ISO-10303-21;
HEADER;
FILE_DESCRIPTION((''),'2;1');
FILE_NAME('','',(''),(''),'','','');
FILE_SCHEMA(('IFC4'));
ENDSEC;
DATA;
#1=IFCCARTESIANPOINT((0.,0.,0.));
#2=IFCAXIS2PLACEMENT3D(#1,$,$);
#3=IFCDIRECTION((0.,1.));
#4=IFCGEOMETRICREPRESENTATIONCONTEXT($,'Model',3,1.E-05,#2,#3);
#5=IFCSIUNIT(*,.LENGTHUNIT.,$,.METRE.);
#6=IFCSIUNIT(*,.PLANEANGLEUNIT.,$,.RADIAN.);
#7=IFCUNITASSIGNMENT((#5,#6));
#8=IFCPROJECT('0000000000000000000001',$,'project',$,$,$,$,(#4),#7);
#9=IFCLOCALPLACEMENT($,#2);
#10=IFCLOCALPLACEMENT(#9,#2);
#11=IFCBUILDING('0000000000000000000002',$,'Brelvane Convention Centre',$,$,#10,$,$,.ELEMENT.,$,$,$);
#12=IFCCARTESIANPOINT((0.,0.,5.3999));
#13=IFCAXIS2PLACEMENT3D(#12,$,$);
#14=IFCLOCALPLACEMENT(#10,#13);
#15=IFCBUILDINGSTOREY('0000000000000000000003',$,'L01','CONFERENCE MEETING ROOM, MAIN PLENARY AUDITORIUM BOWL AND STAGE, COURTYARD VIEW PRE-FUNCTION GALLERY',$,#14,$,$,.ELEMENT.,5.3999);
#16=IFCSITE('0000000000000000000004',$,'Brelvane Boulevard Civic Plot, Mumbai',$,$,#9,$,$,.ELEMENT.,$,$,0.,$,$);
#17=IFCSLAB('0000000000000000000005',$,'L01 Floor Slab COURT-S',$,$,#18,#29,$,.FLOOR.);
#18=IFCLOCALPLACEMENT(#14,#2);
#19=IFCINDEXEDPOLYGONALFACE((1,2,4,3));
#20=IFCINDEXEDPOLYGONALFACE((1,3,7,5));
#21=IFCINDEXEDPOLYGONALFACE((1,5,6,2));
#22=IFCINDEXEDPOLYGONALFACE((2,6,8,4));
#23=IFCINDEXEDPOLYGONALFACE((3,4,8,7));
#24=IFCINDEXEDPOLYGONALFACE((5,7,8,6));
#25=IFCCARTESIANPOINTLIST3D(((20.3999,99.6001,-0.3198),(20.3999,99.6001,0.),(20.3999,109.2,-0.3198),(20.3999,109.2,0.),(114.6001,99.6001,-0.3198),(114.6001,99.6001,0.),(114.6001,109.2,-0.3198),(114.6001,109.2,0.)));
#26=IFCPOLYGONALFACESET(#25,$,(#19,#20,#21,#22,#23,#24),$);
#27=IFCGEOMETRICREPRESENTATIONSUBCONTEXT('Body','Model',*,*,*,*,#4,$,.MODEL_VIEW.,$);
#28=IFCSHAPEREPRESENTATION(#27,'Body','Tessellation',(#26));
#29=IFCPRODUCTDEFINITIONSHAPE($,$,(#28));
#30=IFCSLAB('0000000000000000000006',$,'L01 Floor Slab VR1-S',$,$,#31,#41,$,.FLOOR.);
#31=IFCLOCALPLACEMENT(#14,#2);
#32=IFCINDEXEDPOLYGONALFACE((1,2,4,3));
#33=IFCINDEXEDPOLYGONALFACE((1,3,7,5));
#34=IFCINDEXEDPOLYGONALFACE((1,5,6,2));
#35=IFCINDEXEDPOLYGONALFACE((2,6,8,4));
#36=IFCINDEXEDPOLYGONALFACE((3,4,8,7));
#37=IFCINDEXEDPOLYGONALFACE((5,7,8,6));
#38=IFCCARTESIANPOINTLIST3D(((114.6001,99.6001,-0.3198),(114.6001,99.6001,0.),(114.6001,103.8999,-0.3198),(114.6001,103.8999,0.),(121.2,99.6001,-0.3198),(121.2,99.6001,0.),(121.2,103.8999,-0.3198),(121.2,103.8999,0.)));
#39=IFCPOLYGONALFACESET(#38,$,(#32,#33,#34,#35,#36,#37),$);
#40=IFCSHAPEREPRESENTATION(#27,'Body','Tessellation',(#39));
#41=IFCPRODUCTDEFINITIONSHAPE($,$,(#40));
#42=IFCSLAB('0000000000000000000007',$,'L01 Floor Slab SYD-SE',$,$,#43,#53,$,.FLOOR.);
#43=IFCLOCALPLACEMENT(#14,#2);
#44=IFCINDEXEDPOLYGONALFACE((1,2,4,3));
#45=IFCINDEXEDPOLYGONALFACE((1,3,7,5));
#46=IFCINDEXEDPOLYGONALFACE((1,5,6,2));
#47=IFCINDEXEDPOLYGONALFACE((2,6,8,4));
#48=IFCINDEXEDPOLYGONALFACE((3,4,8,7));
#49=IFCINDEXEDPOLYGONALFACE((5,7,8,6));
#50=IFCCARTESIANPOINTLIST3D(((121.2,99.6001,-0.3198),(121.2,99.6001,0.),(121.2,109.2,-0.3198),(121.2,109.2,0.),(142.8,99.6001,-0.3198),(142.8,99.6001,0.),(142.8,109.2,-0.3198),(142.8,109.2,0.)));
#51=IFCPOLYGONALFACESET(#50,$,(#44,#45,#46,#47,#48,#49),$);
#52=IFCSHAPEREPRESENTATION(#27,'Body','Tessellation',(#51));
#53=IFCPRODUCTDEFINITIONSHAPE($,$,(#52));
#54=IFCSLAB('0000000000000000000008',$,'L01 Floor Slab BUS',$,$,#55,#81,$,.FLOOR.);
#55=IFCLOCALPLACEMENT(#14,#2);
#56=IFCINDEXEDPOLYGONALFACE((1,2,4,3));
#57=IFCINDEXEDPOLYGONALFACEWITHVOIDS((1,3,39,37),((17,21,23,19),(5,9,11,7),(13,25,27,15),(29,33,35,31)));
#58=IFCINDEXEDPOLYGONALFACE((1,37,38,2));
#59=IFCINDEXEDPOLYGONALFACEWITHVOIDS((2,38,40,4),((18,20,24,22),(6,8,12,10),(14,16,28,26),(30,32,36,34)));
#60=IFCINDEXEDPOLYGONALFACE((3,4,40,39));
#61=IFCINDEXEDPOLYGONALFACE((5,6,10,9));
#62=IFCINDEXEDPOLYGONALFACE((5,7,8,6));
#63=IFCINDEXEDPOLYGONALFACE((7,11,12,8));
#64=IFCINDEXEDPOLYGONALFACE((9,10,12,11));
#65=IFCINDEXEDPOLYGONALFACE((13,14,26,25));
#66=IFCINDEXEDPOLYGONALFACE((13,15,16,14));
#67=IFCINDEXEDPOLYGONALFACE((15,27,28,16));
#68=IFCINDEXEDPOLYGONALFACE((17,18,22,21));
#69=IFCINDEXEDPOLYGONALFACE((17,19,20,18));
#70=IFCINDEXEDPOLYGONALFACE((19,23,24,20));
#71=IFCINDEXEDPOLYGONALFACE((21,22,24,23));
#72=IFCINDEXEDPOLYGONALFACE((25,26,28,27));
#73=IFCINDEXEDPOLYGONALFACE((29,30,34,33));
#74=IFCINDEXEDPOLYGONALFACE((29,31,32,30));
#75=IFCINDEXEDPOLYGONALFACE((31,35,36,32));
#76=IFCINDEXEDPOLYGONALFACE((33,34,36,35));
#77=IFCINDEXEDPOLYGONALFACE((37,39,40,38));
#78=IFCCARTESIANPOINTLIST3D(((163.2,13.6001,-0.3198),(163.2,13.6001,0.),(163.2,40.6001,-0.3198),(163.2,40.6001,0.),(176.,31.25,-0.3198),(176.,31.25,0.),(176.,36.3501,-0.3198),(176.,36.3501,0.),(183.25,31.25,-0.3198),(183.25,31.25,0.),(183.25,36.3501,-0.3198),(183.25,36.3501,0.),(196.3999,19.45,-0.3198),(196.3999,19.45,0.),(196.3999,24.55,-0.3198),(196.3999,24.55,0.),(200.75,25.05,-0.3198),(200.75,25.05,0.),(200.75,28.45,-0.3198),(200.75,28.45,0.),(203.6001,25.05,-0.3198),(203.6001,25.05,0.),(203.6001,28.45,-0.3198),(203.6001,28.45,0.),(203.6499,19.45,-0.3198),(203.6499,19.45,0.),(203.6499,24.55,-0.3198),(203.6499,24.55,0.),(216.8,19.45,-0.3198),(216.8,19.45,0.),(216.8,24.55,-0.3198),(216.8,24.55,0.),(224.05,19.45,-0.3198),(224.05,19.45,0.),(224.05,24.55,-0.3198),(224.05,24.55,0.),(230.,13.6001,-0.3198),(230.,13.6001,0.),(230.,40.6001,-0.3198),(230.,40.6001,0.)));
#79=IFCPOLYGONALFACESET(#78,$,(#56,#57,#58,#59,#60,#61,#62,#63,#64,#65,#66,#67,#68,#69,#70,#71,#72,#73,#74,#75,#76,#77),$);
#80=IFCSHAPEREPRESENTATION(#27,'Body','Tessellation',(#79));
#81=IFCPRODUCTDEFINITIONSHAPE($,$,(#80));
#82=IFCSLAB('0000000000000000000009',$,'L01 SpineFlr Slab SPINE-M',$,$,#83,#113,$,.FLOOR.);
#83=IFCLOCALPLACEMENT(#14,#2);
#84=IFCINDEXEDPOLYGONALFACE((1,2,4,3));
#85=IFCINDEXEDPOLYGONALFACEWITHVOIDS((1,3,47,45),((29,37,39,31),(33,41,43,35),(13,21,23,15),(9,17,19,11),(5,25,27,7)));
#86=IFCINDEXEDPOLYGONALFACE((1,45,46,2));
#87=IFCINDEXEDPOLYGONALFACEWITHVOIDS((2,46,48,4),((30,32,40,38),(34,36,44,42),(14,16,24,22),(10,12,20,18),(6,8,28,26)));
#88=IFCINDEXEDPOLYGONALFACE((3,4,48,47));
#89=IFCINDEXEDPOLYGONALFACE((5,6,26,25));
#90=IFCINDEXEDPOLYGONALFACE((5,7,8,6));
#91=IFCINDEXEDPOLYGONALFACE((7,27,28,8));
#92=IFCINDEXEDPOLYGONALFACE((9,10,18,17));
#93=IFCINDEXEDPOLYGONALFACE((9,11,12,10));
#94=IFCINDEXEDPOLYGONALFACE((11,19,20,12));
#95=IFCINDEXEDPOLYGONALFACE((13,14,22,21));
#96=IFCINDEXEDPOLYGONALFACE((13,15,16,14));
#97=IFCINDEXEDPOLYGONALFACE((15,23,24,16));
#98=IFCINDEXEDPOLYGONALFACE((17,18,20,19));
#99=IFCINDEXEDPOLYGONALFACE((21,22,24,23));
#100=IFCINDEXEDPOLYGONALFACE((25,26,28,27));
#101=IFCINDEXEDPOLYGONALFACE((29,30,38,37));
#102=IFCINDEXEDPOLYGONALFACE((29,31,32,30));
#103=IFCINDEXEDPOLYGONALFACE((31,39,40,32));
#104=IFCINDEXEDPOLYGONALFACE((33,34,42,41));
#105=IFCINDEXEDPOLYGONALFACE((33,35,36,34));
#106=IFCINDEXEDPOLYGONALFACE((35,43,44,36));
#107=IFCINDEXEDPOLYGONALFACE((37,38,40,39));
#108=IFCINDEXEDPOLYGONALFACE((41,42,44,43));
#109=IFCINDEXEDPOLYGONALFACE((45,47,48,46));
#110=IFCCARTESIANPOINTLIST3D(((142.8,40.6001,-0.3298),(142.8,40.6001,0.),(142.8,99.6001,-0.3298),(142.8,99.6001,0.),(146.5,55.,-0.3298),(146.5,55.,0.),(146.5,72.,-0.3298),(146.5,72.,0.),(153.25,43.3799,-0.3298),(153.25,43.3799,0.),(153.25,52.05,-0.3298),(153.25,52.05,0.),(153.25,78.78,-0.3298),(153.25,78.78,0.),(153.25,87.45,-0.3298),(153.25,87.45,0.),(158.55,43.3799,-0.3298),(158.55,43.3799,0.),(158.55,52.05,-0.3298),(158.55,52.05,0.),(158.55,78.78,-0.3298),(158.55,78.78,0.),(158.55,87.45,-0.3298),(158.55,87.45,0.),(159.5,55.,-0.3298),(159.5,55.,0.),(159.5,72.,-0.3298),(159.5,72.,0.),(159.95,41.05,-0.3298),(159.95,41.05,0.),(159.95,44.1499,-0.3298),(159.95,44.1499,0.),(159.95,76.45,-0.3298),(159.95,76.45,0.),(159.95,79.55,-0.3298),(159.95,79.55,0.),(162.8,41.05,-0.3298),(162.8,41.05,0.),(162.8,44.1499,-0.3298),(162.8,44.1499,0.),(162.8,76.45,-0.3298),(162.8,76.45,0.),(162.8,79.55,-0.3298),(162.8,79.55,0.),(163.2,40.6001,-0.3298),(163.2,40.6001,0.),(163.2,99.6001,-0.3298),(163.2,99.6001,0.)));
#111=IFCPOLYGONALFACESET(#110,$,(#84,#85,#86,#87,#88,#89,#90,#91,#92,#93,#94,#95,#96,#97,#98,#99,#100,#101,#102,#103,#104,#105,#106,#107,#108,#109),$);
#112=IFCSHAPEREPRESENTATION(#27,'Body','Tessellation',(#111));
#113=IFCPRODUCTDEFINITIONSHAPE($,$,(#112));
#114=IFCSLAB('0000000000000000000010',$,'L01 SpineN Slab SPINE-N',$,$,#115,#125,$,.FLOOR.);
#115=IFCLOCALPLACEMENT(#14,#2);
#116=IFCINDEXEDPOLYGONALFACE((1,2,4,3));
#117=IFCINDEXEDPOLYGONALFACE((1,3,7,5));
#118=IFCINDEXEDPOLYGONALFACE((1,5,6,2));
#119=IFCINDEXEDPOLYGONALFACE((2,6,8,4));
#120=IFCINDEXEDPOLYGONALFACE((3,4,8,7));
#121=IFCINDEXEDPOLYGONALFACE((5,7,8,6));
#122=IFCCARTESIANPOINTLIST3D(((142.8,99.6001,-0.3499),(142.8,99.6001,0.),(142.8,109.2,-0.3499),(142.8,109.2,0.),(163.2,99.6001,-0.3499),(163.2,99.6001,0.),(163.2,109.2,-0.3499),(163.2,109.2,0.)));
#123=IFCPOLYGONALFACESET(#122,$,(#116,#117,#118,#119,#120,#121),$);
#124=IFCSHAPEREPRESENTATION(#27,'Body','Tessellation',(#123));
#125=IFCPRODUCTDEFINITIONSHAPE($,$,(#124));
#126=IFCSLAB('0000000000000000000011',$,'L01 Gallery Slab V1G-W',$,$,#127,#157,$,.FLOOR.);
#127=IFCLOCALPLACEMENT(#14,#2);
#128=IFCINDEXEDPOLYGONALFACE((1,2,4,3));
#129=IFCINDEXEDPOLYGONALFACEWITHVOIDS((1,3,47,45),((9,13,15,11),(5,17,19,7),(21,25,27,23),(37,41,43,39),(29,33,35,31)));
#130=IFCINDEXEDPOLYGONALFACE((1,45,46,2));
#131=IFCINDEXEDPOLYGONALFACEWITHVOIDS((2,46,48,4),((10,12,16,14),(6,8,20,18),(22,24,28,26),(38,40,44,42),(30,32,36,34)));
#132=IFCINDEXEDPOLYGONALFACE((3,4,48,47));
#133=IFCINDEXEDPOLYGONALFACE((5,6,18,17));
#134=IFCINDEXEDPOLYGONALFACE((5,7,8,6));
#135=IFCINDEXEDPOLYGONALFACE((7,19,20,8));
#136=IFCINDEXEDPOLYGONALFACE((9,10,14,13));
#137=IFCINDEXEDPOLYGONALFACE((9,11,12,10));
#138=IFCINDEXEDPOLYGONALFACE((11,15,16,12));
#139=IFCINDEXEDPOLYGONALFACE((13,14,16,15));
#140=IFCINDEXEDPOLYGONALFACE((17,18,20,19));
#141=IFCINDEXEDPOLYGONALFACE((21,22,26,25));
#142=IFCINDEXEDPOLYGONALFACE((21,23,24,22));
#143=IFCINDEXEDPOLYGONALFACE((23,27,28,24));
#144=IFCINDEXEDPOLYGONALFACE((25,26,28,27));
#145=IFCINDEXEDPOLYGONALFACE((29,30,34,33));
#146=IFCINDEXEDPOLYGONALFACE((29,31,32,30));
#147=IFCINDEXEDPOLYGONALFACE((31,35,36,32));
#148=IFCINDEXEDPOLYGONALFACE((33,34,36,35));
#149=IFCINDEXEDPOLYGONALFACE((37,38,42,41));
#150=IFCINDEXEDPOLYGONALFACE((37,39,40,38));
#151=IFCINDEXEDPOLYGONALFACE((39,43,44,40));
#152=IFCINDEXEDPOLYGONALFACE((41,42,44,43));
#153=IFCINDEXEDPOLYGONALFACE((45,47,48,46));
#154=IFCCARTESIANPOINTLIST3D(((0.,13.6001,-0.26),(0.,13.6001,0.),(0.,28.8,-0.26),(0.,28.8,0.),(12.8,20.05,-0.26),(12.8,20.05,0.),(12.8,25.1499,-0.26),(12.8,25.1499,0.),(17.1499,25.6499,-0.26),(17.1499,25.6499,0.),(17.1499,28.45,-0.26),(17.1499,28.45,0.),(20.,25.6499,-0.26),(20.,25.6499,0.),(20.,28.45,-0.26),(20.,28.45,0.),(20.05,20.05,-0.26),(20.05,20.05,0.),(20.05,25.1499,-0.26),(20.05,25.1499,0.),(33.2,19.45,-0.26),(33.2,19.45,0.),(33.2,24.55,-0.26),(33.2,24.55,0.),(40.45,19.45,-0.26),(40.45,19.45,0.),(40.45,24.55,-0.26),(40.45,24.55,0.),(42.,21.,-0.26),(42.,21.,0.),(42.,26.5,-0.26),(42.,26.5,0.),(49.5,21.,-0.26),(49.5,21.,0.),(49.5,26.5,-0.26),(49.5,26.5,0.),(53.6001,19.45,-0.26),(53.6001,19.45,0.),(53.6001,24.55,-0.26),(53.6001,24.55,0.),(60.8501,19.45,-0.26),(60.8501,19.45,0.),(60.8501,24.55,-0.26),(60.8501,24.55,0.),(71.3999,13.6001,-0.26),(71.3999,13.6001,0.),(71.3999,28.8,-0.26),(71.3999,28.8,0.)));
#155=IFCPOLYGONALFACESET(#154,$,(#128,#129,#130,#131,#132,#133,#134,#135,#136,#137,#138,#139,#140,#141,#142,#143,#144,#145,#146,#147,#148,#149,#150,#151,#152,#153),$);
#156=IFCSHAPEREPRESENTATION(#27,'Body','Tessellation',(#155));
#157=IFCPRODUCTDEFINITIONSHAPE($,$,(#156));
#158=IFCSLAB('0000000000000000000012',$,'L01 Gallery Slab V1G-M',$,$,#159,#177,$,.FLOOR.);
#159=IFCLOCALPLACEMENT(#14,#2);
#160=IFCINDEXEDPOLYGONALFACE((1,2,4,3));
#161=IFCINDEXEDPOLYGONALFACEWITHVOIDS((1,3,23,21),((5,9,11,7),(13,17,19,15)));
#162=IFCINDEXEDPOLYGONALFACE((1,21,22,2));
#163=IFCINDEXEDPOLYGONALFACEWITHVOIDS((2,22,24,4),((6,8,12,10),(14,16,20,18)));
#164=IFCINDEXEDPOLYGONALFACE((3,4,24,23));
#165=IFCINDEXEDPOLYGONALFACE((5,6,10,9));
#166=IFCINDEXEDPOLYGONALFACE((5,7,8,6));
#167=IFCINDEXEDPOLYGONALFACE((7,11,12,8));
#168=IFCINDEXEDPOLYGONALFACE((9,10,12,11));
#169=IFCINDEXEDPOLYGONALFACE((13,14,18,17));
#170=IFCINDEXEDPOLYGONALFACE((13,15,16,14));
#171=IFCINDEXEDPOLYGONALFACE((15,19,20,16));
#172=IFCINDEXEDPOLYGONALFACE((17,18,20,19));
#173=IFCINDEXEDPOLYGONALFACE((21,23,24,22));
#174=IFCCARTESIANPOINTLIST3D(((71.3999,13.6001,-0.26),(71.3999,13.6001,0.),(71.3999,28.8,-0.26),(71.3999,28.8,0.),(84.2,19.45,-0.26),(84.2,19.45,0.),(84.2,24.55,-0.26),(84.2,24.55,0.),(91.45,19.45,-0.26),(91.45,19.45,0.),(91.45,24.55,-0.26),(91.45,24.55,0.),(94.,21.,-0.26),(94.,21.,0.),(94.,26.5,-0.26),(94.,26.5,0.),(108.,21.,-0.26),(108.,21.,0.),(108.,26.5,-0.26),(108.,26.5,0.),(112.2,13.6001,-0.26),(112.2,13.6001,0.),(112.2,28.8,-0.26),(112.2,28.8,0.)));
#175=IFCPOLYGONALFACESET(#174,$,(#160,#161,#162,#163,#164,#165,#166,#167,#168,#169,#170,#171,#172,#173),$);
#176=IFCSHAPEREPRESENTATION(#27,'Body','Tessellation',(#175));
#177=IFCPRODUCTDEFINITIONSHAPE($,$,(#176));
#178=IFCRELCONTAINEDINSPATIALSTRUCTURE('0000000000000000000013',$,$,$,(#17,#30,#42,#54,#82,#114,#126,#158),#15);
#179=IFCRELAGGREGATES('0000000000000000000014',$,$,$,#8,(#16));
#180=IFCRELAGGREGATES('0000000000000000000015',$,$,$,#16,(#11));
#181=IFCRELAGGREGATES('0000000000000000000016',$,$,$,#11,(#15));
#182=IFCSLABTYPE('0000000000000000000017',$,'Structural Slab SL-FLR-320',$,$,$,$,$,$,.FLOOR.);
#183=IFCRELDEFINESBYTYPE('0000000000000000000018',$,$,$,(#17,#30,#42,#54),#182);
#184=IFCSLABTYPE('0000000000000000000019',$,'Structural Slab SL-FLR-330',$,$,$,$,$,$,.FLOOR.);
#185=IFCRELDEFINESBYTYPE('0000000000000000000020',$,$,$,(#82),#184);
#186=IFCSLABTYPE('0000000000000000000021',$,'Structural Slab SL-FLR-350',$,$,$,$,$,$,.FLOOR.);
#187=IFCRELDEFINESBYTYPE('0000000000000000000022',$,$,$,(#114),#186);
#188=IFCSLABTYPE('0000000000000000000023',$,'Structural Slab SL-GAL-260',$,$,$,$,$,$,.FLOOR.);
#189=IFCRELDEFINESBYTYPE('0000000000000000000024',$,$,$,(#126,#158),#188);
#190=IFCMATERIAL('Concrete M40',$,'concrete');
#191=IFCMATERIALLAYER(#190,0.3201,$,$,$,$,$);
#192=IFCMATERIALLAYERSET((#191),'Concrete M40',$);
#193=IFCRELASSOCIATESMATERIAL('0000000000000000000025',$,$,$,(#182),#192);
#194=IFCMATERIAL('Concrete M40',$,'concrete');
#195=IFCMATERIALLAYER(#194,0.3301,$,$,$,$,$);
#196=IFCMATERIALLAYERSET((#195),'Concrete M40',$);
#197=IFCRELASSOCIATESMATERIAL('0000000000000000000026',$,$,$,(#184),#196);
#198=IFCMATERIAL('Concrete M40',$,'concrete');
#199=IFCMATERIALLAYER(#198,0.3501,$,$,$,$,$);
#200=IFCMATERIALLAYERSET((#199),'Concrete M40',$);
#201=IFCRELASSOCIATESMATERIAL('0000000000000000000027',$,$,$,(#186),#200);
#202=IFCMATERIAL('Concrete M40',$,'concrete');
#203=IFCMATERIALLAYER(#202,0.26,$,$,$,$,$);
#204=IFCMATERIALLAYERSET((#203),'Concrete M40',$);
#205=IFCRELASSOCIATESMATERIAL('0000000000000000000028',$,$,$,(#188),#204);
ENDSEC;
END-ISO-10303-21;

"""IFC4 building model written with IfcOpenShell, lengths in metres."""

from ifc_helpers import new_model, si_unit, direction, frame, origin, place, context, subcontext, project, spatial, polyline, outline, extrude, material, layer, layer_set, type_object, element, save


model = new_model("IFC4")

# Units and contexts
model_context = context("Model", 3, precision=1e-05, world=origin(), true_north=direction((0.0, 1.0)))
body_context = subcontext(model_context, "Body", "Model", "MODEL_VIEW")
ifc_project = project(units=[si_unit("LENGTHUNIT", "METRE"), si_unit("PLANEANGLEUNIT", "RADIAN")], contexts=[model_context])

# Site, building, storey
site_placement = place(None, origin())
site = spatial("IfcSite", under=ifc_project, at=site_placement, Name="Brelvane Boulevard Civic Plot, Mumbai", CompositionType="ELEMENT", RefElevation=0.0)
building_placement = place(site_placement, origin())
building = spatial("IfcBuilding", under=site, at=building_placement, Name="Brelvane Convention Centre", CompositionType="ELEMENT")
storey_placement = place(building_placement, frame((0.0, 0.0, 5.3999)))
storey = spatial("IfcBuildingStorey", under=building, at=storey_placement, Name="L01", Description="CONFERENCE MEETING ROOM, MAIN PLENARY AUDITORIUM BOWL AND STAGE, COURTYARD VIEW PRE-FUNCTION GALLERY", CompositionType="ELEMENT", Elevation=5.3999)

# Slabs
ifc_material_1 = material(Name="Concrete M40", Category="concrete")
ifc_layer_1 = layer(ifc_material_1, 0.3201)
ifc_layer_set_1 = layer_set([ifc_layer_1], Name="Concrete M40")
slab_type_1 = type_object("IfcSlabType", Name="Structural Slab SL-FLR-320", PredefinedType="FLOOR", material=ifc_layer_set_1)
slab_1_placement = place(storey_placement, frame((0.0, 0.0, -0.3198)))
element("IfcSlab", 1, at=slab_1_placement, inside=storey, type_object=slab_type_1, Name="L01 Floor Slab COURT-S", PredefinedType="FLOOR", context=body_context, shape_type="SweptSolid", body=[
    extrude(outline(polyline([(20.3999, 99.6001), (114.6001, 99.6001), (114.6001, 109.2), (20.3999, 109.2), (20.3999, 99.6001)])), origin(), (0.0, 0.0, 1.0), 0.3198),
])
slab_2_placement = place(storey_placement, frame((0.0, 0.0, -0.3198)))
element("IfcSlab", 2, at=slab_2_placement, inside=storey, type_object=slab_type_1, Name="L01 Floor Slab VR1-S", PredefinedType="FLOOR", context=body_context, shape_type="SweptSolid", body=[
    extrude(outline(polyline([(114.6001, 99.6001), (121.2, 99.6001), (121.2, 103.8999), (114.6001, 103.8999), (114.6001, 99.6001)])), origin(), (0.0, 0.0, 1.0), 0.3198),
])
slab_3_placement = place(storey_placement, frame((0.0, 0.0, -0.3198)))
element("IfcSlab", 3, at=slab_3_placement, inside=storey, type_object=slab_type_1, Name="L01 Floor Slab SYD-SE", PredefinedType="FLOOR", context=body_context, shape_type="SweptSolid", body=[
    extrude(outline(polyline([(121.2, 99.6001), (142.8, 99.6001), (142.8, 109.2), (121.2, 109.2), (121.2, 99.6001)])), origin(), (0.0, 0.0, 1.0), 0.3198),
])
slab_4_placement = place(storey_placement, frame((0.0, 0.0, -0.3198)))
element("IfcSlab", 4, at=slab_4_placement, inside=storey, type_object=slab_type_1, Name="L01 Floor Slab BUS", PredefinedType="FLOOR", context=body_context, shape_type="SweptSolid", body=[
    extrude(outline(polyline([(163.2, 13.6001), (230.0, 13.6001), (230.0, 40.6001), (163.2, 40.6001), (163.2, 13.6001)]), holes=[polyline([(196.3999, 19.45), (203.6499, 19.45), (203.6499, 24.55), (196.3999, 24.55), (196.3999, 19.45)]), polyline([(200.75, 25.05), (203.6001, 25.05), (203.6001, 28.45), (200.75, 28.45), (200.75, 25.05)]), polyline([(216.8, 19.45), (224.05, 19.45), (224.05, 24.55), (216.8, 24.55), (216.8, 19.45)]), polyline([(176.0, 31.25), (183.25, 31.25), (183.25, 36.3501), (176.0, 36.3501), (176.0, 31.25)])]), origin(), (0.0, 0.0, 1.0), 0.3198),
])
ifc_material_2 = material(Name="Concrete M40", Category="concrete")
ifc_layer_2 = layer(ifc_material_2, 0.3301)
ifc_layer_set_2 = layer_set([ifc_layer_2], Name="Concrete M40")
slab_type_2 = type_object("IfcSlabType", Name="Structural Slab SL-FLR-330", PredefinedType="FLOOR", material=ifc_layer_set_2)
slab_5_placement = place(storey_placement, frame((0.0, 0.0, -0.3298)))
element("IfcSlab", 5, at=slab_5_placement, inside=storey, type_object=slab_type_2, Name="L01 SpineFlr Slab SPINE-M", PredefinedType="FLOOR", context=body_context, shape_type="SweptSolid", body=[
    extrude(outline(polyline([(142.8, 40.6001), (163.2, 40.6001), (163.2, 99.6001), (142.8, 99.6001), (142.8, 40.6001)]), holes=[polyline([(153.25, 43.3799), (158.55, 43.3799), (158.55, 52.05), (153.25, 52.05), (153.25, 43.3799)]), polyline([(159.95, 41.05), (162.8, 41.05), (162.8, 44.1499), (159.95, 44.1499), (159.95, 41.05)]), polyline([(153.25, 78.78), (158.55, 78.78), (158.55, 87.45), (153.25, 87.45), (153.25, 78.78)]), polyline([(159.95, 76.45), (162.8, 76.45), (162.8, 79.55), (159.95, 79.55), (159.95, 76.45)]), polyline([(146.5, 55.0), (159.5, 55.0), (159.5, 72.0), (146.5, 72.0), (146.5, 55.0)])]), origin(), (0.0, 0.0, 1.0), 0.3298),
])
ifc_material_3 = material(Name="Concrete M40", Category="concrete")
ifc_layer_3 = layer(ifc_material_3, 0.3501)
ifc_layer_set_3 = layer_set([ifc_layer_3], Name="Concrete M40")
slab_type_3 = type_object("IfcSlabType", Name="Structural Slab SL-FLR-350", PredefinedType="FLOOR", material=ifc_layer_set_3)
slab_6_placement = place(storey_placement, frame((0.0, 0.0, -0.3499)))
element("IfcSlab", 6, at=slab_6_placement, inside=storey, type_object=slab_type_3, Name="L01 SpineN Slab SPINE-N", PredefinedType="FLOOR", context=body_context, shape_type="SweptSolid", body=[
    extrude(outline(polyline([(142.8, 99.6001), (163.2, 99.6001), (163.2, 109.2), (142.8, 109.2), (142.8, 99.6001)])), origin(), (0.0, 0.0, 1.0), 0.3499),
])
ifc_material_4 = material(Name="Concrete M40", Category="concrete")
ifc_layer_4 = layer(ifc_material_4, 0.26)
ifc_layer_set_4 = layer_set([ifc_layer_4], Name="Concrete M40")
slab_type_4 = type_object("IfcSlabType", Name="Structural Slab SL-GAL-260", PredefinedType="FLOOR", material=ifc_layer_set_4)
slab_7_placement = place(storey_placement, frame((0.0, 0.0, -0.26)))
element("IfcSlab", 7, at=slab_7_placement, inside=storey, type_object=slab_type_4, Name="L01 Gallery Slab V1G-W", PredefinedType="FLOOR", context=body_context, shape_type="SweptSolid", body=[
    extrude(outline(polyline([(0.0, 13.6001), (71.3999, 13.6001), (71.3999, 28.8), (0.0, 28.8), (0.0, 13.6001)]), holes=[polyline([(12.8, 20.05), (20.05, 20.05), (20.05, 25.1499), (12.8, 25.1499), (12.8, 20.05)]), polyline([(17.1499, 25.6499), (20.0, 25.6499), (20.0, 28.45), (17.1499, 28.45), (17.1499, 25.6499)]), polyline([(53.6001, 19.45), (60.8501, 19.45), (60.8501, 24.55), (53.6001, 24.55), (53.6001, 19.45)]), polyline([(33.2, 19.45), (40.45, 19.45), (40.45, 24.55), (33.2, 24.55), (33.2, 19.45)]), polyline([(42.0, 21.0), (49.5, 21.0), (49.5, 26.5), (42.0, 26.5), (42.0, 21.0)])]), origin(), (0.0, 0.0, 1.0), 0.26),
])
slab_8_placement = place(storey_placement, frame((0.0, 0.0, -0.26)))
element("IfcSlab", 8, at=slab_8_placement, inside=storey, type_object=slab_type_4, Name="L01 Gallery Slab V1G-M", PredefinedType="FLOOR", context=body_context, shape_type="SweptSolid", body=[
    extrude(outline(polyline([(71.3999, 13.6001), (112.2, 13.6001), (112.2, 28.8), (71.3999, 28.8), (71.3999, 13.6001)]), holes=[polyline([(84.2, 19.45), (91.45, 19.45), (91.45, 24.55), (84.2, 24.55), (84.2, 19.45)]), polyline([(94.0, 21.0), (108.0, 21.0), (108.0, 26.5), (94.0, 26.5), (94.0, 21.0)])]), origin(), (0.0, 0.0, 1.0), 0.26),
])

save(model, "model.ifc")
